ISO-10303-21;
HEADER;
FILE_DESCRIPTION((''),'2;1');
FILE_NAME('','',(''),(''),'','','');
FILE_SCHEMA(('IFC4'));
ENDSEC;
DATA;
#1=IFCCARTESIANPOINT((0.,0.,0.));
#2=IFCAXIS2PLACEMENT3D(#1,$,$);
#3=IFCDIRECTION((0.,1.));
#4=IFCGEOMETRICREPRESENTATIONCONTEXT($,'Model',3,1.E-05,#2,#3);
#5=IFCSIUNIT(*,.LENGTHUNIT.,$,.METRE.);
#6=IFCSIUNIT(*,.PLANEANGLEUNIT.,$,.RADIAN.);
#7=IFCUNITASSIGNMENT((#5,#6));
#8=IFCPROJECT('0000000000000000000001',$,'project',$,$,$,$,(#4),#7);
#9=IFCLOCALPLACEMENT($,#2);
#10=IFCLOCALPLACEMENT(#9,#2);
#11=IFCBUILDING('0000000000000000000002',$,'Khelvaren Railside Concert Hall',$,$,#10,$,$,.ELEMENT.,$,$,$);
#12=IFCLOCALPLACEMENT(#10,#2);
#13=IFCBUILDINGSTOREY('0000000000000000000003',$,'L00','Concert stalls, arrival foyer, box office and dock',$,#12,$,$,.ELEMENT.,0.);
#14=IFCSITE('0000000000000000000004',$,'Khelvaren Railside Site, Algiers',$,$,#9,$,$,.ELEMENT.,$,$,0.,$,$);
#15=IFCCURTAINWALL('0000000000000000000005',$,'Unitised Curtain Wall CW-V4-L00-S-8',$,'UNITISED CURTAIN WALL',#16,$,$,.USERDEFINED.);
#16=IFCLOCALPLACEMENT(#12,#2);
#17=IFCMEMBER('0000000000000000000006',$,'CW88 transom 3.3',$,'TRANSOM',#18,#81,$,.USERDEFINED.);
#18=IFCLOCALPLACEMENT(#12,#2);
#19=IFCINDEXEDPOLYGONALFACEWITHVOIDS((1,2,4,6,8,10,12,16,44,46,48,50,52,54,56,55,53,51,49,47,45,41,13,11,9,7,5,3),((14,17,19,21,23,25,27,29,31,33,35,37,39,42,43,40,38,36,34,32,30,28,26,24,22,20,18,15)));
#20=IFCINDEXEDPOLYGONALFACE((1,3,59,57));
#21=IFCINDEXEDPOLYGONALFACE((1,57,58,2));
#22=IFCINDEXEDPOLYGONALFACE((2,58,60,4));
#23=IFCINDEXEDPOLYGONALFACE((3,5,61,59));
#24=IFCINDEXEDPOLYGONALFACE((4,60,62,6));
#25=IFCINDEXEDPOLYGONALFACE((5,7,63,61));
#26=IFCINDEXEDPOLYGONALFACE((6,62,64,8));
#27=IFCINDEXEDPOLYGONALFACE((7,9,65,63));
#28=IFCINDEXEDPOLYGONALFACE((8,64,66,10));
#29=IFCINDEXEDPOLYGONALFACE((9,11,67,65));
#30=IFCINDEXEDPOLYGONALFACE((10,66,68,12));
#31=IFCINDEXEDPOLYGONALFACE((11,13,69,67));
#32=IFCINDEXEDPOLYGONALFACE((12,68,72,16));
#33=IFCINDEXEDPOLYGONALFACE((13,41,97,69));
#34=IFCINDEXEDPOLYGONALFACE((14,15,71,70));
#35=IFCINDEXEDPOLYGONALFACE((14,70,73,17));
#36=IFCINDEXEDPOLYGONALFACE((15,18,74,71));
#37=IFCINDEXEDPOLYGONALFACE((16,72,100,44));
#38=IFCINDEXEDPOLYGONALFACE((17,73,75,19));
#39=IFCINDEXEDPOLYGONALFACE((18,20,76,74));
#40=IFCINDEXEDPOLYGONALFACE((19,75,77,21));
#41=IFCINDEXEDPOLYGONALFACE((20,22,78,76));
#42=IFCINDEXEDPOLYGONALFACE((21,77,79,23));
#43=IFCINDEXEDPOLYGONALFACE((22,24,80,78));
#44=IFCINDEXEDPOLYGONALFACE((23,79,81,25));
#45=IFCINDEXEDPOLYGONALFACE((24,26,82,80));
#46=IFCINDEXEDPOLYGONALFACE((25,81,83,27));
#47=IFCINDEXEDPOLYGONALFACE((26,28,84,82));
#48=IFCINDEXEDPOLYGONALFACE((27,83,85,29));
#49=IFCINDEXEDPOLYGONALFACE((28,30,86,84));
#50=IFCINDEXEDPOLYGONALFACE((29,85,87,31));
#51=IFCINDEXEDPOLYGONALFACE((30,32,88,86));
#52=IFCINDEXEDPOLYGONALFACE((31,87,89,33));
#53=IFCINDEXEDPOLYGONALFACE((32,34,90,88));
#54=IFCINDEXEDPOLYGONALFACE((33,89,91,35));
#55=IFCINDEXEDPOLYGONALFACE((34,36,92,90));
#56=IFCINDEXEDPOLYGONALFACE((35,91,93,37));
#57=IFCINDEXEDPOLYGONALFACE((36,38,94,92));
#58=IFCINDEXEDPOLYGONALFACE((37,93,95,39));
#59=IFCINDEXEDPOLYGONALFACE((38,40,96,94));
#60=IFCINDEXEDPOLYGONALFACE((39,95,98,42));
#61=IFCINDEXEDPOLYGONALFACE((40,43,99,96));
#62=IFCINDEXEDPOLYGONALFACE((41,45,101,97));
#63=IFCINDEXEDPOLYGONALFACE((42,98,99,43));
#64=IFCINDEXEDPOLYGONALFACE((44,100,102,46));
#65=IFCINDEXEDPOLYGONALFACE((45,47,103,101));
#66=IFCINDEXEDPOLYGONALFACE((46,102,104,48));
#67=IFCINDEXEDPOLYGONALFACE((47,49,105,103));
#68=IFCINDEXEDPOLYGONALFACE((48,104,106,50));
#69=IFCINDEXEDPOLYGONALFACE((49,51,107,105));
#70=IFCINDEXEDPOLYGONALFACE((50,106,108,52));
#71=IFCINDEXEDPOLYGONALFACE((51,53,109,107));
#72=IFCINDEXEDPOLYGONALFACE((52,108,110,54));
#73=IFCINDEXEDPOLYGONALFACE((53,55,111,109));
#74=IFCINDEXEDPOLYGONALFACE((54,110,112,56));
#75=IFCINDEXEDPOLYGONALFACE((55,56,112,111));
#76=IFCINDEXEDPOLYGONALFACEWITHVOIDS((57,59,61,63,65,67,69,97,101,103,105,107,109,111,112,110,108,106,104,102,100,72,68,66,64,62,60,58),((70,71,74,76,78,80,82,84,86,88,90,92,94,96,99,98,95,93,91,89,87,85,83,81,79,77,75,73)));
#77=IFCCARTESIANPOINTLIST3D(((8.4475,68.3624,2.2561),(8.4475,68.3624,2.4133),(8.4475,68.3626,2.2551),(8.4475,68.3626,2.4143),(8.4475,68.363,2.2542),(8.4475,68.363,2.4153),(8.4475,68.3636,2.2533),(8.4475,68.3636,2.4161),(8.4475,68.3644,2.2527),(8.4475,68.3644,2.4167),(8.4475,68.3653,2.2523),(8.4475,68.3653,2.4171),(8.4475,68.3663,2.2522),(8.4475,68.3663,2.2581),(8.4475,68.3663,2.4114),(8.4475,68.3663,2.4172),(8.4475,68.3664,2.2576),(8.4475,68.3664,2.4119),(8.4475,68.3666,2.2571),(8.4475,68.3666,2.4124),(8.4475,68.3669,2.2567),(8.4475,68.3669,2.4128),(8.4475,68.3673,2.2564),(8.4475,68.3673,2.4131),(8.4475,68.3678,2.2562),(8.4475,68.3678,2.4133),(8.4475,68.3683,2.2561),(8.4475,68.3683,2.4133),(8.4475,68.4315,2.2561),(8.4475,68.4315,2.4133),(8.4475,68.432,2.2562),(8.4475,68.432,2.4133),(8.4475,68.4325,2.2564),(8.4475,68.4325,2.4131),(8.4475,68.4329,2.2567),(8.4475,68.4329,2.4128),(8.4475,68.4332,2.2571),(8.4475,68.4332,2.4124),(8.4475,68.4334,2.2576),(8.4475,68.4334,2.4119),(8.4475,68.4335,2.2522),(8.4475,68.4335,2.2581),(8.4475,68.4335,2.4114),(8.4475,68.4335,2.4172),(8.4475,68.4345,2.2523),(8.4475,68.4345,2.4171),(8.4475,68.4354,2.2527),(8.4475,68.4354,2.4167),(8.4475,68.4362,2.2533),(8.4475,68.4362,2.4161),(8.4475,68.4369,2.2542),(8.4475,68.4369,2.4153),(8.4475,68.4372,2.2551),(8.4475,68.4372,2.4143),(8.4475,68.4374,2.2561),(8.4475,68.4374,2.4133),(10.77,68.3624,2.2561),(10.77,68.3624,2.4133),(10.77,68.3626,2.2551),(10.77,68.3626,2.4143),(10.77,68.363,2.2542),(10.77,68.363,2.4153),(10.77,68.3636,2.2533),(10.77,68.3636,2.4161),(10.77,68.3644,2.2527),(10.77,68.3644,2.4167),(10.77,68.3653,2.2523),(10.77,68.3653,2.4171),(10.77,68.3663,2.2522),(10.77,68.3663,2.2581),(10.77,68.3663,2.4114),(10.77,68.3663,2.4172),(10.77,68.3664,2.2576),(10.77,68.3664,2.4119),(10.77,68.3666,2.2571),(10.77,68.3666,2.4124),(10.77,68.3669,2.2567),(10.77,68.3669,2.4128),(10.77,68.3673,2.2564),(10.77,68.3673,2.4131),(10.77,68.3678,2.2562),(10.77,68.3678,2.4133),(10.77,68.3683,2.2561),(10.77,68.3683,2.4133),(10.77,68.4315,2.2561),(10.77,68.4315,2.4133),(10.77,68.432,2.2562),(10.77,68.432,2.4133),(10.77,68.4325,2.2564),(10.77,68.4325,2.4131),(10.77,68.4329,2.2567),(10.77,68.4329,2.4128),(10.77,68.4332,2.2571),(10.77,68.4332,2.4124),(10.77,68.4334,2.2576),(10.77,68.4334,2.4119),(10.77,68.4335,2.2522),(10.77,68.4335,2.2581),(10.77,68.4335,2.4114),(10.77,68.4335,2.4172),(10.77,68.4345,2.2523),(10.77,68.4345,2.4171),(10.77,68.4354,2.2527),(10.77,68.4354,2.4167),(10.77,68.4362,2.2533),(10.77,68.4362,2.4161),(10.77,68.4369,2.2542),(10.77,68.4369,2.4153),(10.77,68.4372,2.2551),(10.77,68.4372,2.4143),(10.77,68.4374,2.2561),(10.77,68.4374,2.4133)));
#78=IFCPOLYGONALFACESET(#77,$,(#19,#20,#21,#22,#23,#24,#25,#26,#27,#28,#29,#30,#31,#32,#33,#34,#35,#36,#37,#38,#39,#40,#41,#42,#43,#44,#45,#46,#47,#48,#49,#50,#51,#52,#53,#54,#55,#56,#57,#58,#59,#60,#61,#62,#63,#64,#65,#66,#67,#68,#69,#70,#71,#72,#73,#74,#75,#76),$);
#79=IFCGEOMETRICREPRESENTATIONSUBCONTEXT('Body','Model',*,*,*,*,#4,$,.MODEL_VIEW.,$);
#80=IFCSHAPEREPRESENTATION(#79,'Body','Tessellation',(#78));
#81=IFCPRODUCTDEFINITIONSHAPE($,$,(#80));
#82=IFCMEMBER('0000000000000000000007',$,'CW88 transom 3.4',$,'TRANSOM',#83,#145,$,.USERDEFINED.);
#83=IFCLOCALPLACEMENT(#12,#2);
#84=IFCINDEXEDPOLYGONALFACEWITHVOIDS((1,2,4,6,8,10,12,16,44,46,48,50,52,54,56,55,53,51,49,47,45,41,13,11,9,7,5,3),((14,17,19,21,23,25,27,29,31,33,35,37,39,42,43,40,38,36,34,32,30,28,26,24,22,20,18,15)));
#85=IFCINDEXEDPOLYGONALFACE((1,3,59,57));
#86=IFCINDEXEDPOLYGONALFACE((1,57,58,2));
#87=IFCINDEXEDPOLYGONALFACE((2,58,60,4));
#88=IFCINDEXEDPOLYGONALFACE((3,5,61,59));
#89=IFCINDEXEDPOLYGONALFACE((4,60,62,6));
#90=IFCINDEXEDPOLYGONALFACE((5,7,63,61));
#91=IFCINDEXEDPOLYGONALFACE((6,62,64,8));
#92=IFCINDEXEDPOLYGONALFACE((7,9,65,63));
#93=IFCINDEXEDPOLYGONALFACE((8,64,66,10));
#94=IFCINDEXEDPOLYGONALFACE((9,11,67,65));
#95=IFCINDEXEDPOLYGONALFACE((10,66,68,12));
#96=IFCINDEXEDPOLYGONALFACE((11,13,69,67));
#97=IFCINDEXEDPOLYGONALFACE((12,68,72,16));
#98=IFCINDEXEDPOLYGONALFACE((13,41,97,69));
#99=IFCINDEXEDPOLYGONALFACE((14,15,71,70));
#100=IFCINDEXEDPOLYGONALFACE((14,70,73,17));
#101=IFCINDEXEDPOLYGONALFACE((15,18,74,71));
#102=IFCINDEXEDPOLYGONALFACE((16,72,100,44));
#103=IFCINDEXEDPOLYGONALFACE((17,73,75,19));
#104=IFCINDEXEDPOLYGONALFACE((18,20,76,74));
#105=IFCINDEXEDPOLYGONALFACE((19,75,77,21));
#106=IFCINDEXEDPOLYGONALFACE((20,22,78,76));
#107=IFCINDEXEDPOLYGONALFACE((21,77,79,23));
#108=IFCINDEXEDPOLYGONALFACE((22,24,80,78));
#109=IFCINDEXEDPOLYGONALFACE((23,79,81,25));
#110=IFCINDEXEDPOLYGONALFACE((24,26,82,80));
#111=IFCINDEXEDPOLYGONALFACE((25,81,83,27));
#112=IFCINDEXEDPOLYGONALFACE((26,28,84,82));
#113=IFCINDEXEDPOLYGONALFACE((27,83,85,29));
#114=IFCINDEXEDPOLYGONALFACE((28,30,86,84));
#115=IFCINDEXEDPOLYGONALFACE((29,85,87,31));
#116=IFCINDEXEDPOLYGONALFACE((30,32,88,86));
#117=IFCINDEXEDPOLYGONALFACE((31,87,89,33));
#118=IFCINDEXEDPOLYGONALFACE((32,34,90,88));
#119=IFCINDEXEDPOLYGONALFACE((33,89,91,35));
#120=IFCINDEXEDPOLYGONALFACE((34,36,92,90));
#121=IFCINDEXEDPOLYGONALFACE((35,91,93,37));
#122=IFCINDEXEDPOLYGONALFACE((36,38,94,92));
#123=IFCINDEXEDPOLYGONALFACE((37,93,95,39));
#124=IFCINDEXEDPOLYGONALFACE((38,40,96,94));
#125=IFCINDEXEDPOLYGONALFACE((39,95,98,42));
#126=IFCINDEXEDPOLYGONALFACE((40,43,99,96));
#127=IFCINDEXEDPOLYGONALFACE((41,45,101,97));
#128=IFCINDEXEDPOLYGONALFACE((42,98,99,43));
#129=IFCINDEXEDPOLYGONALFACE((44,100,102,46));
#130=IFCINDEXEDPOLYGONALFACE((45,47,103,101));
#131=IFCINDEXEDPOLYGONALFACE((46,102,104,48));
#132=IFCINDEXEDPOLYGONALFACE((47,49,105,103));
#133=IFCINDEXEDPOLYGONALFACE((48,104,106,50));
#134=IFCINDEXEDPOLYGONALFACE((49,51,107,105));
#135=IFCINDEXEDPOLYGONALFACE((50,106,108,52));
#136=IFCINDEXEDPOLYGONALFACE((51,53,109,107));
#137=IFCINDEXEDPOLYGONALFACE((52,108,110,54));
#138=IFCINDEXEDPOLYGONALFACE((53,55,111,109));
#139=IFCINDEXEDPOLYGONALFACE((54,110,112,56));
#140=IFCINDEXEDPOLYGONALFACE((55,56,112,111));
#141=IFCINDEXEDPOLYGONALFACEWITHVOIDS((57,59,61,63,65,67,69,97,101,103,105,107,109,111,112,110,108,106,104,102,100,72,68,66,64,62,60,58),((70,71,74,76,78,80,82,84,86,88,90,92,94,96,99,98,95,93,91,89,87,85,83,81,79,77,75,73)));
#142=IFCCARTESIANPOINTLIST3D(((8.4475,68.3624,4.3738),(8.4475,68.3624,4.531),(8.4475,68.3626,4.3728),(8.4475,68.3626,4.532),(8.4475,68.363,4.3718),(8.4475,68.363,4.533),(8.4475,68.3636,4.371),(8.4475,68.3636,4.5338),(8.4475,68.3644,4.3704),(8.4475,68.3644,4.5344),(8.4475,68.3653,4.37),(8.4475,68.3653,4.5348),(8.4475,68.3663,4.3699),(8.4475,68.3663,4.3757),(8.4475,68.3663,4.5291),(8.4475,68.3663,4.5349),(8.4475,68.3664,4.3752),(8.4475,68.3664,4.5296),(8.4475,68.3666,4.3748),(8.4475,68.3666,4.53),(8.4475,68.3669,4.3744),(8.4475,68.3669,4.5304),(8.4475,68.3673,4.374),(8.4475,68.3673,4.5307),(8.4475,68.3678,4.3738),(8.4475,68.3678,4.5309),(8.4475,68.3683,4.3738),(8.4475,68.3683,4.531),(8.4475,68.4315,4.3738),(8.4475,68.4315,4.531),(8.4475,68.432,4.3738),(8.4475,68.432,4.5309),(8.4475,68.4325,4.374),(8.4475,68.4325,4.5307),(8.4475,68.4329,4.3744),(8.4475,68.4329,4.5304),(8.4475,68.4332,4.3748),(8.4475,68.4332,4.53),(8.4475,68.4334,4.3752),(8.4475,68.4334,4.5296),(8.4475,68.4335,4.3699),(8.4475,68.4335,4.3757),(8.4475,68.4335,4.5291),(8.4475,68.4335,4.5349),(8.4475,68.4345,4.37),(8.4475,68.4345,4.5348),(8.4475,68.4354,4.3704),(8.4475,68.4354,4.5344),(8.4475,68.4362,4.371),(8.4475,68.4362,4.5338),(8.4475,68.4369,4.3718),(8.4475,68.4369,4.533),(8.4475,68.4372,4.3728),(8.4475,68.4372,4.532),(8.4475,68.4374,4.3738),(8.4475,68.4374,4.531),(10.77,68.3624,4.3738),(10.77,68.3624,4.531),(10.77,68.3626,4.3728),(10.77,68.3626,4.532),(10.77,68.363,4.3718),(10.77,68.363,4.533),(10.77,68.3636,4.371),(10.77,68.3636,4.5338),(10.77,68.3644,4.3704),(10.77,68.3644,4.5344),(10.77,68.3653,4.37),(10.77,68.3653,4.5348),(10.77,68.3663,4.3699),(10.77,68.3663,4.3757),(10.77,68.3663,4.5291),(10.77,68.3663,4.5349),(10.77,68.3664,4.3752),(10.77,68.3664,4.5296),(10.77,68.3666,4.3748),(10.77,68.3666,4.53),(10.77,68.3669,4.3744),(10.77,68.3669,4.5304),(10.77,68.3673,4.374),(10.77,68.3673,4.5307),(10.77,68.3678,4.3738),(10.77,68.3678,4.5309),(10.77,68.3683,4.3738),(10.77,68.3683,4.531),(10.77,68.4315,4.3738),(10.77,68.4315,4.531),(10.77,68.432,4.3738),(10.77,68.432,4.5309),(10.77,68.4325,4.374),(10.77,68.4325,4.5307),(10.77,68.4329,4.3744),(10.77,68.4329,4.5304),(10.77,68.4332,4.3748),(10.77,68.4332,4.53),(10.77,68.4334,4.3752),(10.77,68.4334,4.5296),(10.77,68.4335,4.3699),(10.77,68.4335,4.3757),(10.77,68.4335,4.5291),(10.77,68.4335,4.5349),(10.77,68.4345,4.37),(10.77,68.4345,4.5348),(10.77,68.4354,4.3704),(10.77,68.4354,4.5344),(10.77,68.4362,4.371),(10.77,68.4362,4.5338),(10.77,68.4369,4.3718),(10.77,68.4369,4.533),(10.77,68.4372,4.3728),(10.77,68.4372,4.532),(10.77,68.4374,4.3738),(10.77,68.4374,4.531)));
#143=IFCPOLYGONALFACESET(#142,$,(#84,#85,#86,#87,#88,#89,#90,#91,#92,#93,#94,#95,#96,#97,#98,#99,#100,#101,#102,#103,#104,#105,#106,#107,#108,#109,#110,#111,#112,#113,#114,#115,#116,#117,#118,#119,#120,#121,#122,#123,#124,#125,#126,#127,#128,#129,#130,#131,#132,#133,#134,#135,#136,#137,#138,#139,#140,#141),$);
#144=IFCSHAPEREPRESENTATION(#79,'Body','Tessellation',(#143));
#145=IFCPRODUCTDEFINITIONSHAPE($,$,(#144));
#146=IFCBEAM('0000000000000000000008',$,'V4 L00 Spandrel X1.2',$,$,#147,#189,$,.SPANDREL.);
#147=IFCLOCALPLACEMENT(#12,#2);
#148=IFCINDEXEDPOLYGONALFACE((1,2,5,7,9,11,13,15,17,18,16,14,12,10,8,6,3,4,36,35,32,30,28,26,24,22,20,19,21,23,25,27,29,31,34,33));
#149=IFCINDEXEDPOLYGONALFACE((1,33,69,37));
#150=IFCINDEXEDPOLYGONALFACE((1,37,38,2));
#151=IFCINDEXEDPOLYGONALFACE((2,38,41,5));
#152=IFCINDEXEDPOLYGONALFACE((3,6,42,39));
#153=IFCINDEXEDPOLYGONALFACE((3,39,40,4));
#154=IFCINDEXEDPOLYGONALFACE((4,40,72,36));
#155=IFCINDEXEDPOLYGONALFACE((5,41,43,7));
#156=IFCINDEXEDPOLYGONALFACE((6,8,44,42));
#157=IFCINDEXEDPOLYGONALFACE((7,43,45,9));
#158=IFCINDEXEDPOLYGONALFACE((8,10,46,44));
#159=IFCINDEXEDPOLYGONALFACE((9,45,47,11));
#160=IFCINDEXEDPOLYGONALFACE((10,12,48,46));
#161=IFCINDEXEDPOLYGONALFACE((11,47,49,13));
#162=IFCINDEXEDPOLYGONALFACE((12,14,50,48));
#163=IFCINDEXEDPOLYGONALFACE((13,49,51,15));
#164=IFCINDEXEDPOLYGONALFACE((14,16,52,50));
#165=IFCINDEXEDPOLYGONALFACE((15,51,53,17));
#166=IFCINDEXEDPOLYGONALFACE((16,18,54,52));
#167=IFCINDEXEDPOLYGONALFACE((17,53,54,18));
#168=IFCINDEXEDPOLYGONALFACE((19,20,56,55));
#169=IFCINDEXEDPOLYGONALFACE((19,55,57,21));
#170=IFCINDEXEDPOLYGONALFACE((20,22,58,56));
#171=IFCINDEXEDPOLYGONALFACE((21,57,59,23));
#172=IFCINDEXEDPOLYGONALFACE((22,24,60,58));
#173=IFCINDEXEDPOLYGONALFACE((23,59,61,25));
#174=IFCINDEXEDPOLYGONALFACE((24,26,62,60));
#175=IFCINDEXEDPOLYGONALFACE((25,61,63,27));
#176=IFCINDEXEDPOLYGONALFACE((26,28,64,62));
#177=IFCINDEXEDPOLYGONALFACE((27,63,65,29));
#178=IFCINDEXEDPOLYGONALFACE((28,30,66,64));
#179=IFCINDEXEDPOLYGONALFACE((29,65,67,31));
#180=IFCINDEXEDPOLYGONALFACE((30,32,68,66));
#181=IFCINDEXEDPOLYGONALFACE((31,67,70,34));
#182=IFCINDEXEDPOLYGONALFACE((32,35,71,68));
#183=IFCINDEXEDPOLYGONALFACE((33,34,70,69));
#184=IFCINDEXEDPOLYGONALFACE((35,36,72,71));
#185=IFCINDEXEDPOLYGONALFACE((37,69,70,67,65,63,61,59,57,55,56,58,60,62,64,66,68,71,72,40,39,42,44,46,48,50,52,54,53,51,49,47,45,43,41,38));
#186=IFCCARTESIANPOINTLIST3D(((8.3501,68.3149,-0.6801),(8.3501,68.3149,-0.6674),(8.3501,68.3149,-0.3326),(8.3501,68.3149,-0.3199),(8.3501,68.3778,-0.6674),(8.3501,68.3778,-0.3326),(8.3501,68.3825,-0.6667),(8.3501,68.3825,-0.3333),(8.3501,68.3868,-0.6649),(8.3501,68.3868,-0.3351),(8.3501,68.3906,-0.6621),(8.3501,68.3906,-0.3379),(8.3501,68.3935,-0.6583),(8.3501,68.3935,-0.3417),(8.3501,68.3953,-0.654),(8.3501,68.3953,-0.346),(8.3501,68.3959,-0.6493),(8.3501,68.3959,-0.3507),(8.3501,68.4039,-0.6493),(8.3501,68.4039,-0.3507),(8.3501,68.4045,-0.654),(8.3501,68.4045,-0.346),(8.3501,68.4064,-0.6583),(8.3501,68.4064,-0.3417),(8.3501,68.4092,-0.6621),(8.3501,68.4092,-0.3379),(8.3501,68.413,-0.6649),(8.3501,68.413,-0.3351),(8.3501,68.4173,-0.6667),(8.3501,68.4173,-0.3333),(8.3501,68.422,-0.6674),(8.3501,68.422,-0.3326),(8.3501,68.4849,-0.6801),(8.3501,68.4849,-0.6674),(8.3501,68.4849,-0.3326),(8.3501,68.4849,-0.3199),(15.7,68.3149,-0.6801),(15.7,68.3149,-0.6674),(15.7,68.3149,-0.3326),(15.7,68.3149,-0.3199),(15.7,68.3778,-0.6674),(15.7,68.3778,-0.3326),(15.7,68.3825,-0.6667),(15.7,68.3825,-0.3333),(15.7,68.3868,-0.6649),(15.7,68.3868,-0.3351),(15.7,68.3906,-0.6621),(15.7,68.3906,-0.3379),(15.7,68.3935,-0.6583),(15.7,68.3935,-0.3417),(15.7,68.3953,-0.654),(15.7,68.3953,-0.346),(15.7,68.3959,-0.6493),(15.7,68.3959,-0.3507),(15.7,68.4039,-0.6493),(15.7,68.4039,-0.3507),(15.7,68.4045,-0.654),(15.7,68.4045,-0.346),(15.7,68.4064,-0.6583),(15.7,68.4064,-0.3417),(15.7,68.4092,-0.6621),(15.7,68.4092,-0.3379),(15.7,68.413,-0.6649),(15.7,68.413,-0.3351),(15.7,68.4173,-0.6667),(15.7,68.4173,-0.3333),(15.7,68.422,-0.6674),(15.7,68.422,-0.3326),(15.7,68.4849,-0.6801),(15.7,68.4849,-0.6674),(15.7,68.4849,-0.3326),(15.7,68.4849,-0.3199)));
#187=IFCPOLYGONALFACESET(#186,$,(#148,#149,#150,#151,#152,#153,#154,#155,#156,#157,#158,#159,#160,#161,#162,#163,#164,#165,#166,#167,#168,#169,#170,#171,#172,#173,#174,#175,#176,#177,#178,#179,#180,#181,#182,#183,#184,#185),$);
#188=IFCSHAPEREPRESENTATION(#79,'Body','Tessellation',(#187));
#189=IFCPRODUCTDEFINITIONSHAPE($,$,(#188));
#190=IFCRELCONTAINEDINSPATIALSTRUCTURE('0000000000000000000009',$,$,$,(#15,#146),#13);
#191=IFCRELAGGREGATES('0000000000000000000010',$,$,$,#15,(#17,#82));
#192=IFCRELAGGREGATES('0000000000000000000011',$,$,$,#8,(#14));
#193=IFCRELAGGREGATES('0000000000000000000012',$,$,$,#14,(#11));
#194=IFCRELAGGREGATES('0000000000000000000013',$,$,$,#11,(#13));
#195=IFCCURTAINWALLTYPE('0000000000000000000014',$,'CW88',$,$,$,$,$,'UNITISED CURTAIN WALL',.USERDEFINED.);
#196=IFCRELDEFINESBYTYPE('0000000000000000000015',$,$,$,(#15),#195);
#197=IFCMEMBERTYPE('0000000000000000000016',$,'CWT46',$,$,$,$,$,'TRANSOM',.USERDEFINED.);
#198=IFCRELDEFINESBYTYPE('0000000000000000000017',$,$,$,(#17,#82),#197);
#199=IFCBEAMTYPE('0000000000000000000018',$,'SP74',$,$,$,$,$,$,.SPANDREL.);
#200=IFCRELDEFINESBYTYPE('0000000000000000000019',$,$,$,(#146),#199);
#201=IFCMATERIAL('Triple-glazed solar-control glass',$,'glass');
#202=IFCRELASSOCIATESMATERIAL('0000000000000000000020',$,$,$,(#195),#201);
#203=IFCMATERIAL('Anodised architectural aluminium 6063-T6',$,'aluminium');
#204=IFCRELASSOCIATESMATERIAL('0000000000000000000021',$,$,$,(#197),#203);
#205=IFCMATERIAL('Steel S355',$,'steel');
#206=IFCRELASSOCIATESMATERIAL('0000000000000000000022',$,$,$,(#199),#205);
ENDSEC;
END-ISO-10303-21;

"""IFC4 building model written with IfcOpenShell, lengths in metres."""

from ifc_helpers import new_model, si_unit, direction, frame, origin, origin_2d, place, context, subcontext, project, spatial, hollow_rectangle, i_section, extrude, material, material_profile, profile_set, type_object, element, aggregate, save


model = new_model("IFC4")

# Units and contexts
model_context = context("Model", 3, precision=1e-05, world=origin(), true_north=direction((0.0, 1.0)))
body_context = subcontext(model_context, "Body", "Model", "MODEL_VIEW")
ifc_project = project(units=[si_unit("LENGTHUNIT", "METRE"), si_unit("PLANEANGLEUNIT", "RADIAN")], contexts=[model_context])

# Site, building, storey
site_placement = place(None, origin())
site = spatial("IfcSite", under=ifc_project, at=site_placement, Name="Khelvaren Railside Site, Algiers", CompositionType="ELEMENT", RefElevation=0.0)
building_placement = place(site_placement, origin())
building = spatial("IfcBuilding", under=site, at=building_placement, Name="Khelvaren Railside Concert Hall", CompositionType="ELEMENT")
storey_placement = place(building_placement, origin())
storey = spatial("IfcBuildingStorey", under=building, at=storey_placement, Name="L00", Description="Concert stalls, arrival foyer, box office and dock", CompositionType="ELEMENT", Elevation=0.0)

# Curtain wall
ifc_material_1 = material(Name="Triple-glazed solar-control glass", Category="glass")
ifc_material_2 = material(Name="Anodised architectural aluminium 6063-T6", Category="aluminium")
curtain_wall_type_1 = type_object("IfcCurtainWallType", Name="CW88", ElementType="UNITISED CURTAIN WALL", PredefinedType="USERDEFINED", material=ifc_material_1)
curtain_wall_1_placement = place(storey_placement, origin())
curtain_wall_1 = element("IfcCurtainWall", 1, at=curtain_wall_1_placement, inside=storey, type_object=curtain_wall_type_1, Name="Unitised Curtain Wall CW-V4-L00-S-8", ObjectType="UNITISED CURTAIN WALL", PredefinedType="USERDEFINED")

# Members
ifc_material_profile_1 = material_profile(ifc_material_2, hollow_rectangle(XDim=0.075, YDim=0.165, WallThickness=0.0039, InnerFilletRadius=0.002, OuterFilletRadius=0.0039, at=origin_2d()), Name="CWT 75x165x4")
ifc_profile_set_1 = profile_set([ifc_material_profile_1], Name="Anodised architectural aluminium 6063-T6")
member_type_1 = type_object("IfcMemberType", Name="CWT46", ElementType="TRANSOM", PredefinedType="USERDEFINED", material=ifc_profile_set_1)
member_1_placement = place(storey_placement, frame((10.77, 68.3999, 2.3347), z_axis=(-1.0, 0.0, 0.0), x_axis=(0.0, -1.0, 0.0)))
member_1 = element("IfcMember", 2, at=member_1_placement, type_object=member_type_1, Name="CW88 transom 3.3", ObjectType="TRANSOM", PredefinedType="USERDEFINED", context=body_context, shape_type="SweptSolid", body=[
    extrude(hollow_rectangle(XDim=0.075, YDim=0.165, WallThickness=0.0039, InnerFilletRadius=0.002, OuterFilletRadius=0.0039, at=origin_2d()), origin(), (0.0, 0.0, 1.0), 2.3225),
])
member_2_placement = place(storey_placement, frame((10.77, 68.3999, 4.4524), z_axis=(-1.0, 0.0, 0.0), x_axis=(0.0, -1.0, 0.0)))
member_2 = element("IfcMember", 3, at=member_2_placement, type_object=member_type_1, Name="CW88 transom 3.4", ObjectType="TRANSOM", PredefinedType="USERDEFINED", context=body_context, shape_type="SweptSolid", body=[
    extrude(hollow_rectangle(XDim=0.075, YDim=0.165, WallThickness=0.0039, InnerFilletRadius=0.002, OuterFilletRadius=0.0039, at=origin_2d()), origin(), (0.0, 0.0, 1.0), 2.3225),
])

# Beam
ifc_material_3 = material(Name="Steel S355", Category="steel")
ifc_material_profile_2 = material_profile(ifc_material_3, i_section(OverallWidth=0.1699, OverallDepth=0.3601, WebThickness=0.0081, FlangeThickness=0.0127, FilletRadius=0.0181, at=origin_2d()), Name="IPE 360")
ifc_profile_set_2 = profile_set([ifc_material_profile_2], Name="Steel S355")
beam_type = type_object("IfcBeamType", Name="SP74", PredefinedType="SPANDREL", material=ifc_profile_set_2)
beam_placement = place(storey_placement, frame((8.3501, 68.3999, -0.5), z_axis=(1.0, 0.0, 0.0), x_axis=(0.0, 1.0, 0.0)))
element("IfcBeam", 4, at=beam_placement, inside=storey, type_object=beam_type, Name="V4 L00 Spandrel X1.2", PredefinedType="SPANDREL", context=body_context, shape_type="SweptSolid", body=[
    extrude(i_section(OverallWidth=0.1699, OverallDepth=0.3601, WebThickness=0.0081, FlangeThickness=0.0127, FilletRadius=0.0181, at=origin_2d()), origin(), (0.0, 0.0, 1.0), 7.3499),
])

aggregate(curtain_wall_1, [member_1, member_2])

save(model, "model.ifc")
